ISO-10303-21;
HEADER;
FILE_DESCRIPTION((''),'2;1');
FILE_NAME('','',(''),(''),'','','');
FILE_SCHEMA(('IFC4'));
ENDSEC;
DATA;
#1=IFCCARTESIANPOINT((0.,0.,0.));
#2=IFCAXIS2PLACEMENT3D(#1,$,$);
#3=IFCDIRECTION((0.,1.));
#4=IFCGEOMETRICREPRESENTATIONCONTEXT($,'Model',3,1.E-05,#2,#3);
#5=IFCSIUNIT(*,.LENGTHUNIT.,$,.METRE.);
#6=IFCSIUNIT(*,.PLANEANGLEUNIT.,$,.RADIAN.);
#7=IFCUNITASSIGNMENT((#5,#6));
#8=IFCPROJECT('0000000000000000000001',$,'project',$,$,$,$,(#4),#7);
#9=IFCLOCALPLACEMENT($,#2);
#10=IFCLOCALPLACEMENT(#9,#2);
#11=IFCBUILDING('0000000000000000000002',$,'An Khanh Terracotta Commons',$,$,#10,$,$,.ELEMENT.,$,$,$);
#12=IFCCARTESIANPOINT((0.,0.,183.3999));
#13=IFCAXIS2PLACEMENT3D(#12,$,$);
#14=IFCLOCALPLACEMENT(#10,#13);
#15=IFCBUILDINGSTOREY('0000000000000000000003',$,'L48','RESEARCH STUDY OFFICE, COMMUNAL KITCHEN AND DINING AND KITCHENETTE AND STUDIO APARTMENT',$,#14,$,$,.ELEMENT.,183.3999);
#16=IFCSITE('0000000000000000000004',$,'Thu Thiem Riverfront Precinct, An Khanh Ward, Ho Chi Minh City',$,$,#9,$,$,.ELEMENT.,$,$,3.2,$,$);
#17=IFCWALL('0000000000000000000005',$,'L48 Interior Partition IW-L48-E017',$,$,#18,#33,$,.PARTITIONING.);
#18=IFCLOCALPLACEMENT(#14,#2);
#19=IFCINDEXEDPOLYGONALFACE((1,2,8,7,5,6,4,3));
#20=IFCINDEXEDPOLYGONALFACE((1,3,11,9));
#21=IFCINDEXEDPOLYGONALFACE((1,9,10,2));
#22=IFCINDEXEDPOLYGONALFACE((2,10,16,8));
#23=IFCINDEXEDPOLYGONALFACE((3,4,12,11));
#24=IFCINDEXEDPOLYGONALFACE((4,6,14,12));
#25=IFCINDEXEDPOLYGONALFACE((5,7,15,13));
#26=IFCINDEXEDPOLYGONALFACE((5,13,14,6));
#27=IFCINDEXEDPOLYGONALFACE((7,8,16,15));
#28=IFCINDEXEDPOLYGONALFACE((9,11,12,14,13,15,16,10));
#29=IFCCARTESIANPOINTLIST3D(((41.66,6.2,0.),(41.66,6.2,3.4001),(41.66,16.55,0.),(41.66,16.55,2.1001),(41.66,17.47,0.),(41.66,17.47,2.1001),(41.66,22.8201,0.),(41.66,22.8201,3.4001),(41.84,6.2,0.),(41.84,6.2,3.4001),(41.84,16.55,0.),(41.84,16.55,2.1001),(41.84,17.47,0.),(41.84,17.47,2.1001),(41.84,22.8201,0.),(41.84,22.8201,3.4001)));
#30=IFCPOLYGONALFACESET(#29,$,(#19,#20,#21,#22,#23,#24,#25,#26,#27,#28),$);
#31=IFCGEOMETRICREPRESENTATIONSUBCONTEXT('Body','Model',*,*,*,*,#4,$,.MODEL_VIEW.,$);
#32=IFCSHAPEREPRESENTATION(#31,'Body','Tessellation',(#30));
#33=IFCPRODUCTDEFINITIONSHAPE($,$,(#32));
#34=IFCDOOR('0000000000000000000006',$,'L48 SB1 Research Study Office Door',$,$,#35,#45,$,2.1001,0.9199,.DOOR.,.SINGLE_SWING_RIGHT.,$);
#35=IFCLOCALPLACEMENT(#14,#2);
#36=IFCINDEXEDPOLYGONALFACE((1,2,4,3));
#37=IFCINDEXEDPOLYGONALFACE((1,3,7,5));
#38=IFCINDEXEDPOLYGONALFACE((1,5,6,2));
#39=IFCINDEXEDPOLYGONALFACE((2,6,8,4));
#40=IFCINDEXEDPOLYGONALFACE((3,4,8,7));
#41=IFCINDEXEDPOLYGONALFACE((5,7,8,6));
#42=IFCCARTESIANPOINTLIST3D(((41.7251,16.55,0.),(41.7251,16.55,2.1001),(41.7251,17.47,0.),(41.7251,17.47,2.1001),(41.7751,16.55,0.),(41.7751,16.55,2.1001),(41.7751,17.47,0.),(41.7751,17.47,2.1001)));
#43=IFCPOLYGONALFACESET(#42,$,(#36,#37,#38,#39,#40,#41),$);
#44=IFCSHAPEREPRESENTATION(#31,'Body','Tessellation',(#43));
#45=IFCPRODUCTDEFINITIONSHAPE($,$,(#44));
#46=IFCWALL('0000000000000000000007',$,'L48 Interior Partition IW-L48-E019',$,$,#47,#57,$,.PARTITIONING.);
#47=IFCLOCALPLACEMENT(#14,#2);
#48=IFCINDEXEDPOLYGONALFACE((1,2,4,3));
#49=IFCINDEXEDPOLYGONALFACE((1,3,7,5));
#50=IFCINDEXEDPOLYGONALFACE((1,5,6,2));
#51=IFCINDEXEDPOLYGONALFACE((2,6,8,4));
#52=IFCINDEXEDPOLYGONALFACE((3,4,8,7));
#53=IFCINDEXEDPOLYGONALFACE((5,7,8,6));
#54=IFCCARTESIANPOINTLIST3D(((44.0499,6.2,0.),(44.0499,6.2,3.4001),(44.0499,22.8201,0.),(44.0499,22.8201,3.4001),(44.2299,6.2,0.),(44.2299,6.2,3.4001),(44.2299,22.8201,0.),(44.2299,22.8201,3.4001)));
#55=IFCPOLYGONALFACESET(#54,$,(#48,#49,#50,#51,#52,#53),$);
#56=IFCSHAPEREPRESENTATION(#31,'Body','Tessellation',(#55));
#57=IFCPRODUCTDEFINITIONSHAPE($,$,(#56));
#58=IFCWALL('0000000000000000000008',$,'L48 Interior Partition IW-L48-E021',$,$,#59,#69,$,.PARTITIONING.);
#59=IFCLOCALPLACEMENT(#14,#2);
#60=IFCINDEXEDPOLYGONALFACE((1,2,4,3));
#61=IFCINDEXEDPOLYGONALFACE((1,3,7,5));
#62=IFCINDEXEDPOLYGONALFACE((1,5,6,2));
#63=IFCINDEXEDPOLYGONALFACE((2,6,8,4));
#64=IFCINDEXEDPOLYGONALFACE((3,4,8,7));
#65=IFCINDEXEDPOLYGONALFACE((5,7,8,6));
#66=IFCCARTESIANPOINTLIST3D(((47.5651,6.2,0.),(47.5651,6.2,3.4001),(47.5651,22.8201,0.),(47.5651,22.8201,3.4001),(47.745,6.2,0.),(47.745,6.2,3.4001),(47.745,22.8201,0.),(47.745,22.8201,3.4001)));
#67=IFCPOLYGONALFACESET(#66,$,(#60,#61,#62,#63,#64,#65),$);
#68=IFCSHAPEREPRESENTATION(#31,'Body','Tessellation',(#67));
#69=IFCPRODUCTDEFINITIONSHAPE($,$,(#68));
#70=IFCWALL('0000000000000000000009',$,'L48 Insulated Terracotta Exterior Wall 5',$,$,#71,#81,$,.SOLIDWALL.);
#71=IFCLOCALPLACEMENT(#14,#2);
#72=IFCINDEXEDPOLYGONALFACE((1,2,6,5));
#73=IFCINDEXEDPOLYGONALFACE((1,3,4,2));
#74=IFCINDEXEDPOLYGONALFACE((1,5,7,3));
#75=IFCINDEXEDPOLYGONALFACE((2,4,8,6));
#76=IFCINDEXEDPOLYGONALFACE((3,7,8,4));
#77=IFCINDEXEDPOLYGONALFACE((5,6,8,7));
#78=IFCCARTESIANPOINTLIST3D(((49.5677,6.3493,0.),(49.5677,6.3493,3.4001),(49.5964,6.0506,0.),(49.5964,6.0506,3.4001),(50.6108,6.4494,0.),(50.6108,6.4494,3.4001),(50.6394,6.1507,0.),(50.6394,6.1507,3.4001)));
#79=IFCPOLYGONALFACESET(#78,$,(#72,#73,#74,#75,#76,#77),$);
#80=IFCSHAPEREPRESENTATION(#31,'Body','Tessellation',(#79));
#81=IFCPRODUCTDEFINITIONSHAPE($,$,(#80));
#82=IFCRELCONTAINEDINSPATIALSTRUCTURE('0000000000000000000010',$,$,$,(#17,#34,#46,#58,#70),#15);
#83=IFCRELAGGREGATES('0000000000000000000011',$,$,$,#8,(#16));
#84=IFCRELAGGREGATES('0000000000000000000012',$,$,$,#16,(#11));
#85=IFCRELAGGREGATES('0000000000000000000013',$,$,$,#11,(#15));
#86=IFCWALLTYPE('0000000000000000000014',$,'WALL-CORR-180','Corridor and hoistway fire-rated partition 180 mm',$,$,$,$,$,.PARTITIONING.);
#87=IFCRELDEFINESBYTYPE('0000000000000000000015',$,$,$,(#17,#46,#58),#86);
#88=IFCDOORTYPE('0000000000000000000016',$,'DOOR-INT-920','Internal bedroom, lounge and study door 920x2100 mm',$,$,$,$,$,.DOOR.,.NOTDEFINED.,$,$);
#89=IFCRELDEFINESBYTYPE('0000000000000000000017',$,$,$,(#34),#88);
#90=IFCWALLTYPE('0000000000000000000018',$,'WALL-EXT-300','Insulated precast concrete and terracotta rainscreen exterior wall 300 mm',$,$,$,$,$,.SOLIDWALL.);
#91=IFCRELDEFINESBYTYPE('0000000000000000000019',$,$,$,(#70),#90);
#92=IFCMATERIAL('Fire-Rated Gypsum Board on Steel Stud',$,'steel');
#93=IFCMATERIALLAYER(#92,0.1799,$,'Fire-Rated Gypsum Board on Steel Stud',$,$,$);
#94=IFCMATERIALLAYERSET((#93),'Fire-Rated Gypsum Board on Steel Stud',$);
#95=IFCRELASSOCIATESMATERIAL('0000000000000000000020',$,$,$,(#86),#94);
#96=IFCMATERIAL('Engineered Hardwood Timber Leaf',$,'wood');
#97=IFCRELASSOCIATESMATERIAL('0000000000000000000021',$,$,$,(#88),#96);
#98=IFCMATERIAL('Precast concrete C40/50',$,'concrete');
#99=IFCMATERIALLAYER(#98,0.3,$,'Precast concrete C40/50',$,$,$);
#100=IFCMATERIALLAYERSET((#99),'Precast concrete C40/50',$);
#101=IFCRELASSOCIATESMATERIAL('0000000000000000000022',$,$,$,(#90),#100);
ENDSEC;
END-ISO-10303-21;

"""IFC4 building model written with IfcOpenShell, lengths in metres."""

from ifc_helpers import new_model, si_unit, direction, frame, frame_2d, origin, place, context, subcontext, project, spatial, rectangle, extrude, material, layer, layer_set, type_object, element, fill, save


model = new_model("IFC4")

# Units and contexts
model_context = context("Model", 3, precision=1e-05, world=origin(), true_north=direction((0.0, 1.0)))
body_context = subcontext(model_context, "Body", "Model", "MODEL_VIEW")
ifc_project = project(units=[si_unit("LENGTHUNIT", "METRE"), si_unit("PLANEANGLEUNIT", "RADIAN")], contexts=[model_context])

# Site, building, storey
site_placement = place(None, origin())
site = spatial("IfcSite", under=ifc_project, at=site_placement, Name="Thu Thiem Riverfront Precinct, An Khanh Ward, Ho Chi Minh City", CompositionType="ELEMENT", RefElevation=3.2)
building_placement = place(site_placement, origin())
building = spatial("IfcBuilding", under=site, at=building_placement, Name="An Khanh Terracotta Commons", CompositionType="ELEMENT")
storey_placement = place(building_placement, frame((0.0, 0.0, 183.3999)))
storey = spatial("IfcBuildingStorey", under=building, at=storey_placement, Name="L48", Description="RESEARCH STUDY OFFICE, COMMUNAL KITCHEN AND DINING AND KITCHENETTE AND STUDIO APARTMENT", CompositionType="ELEMENT", Elevation=183.3999)

# Shared definitions
ifc_material_1 = material(Name="Fire-Rated Gypsum Board on Steel Stud", Category="steel")
ifc_layer_1 = layer(ifc_material_1, 0.1799, Name="Fire-Rated Gypsum Board on Steel Stud")
ifc_layer_set_1 = layer_set([ifc_layer_1], Name="Fire-Rated Gypsum Board on Steel Stud")
wall_type_1 = type_object("IfcWallType", Name="WALL-CORR-180", Description="Corridor and hoistway fire-rated partition 180 mm", PredefinedType="PARTITIONING", material=ifc_layer_set_1)
ifc_material_2 = material(Name="Engineered Hardwood Timber Leaf", Category="wood")
door_type_1 = type_object("IfcDoorType", Name="DOOR-INT-920", Description="Internal bedroom, lounge and study door 920x2100 mm", OperationType="NOTDEFINED", PredefinedType="DOOR", material=ifc_material_2)

# Wall, opening, door
wall_1_placement = place(storey_placement, frame((41.75, 6.2, 0.0), z_axis=(0.0, 0.0, 1.0), x_axis=(0.0, 1.0, 0.0)))
wall_1 = element("IfcWall", 1, at=wall_1_placement, inside=storey, type_object=wall_type_1, Name="L48 Interior Partition IW-L48-E017", PredefinedType="PARTITIONING", context=body_context, shape_type="SweptSolid", body=[
    extrude(rectangle(XDim=16.6201, YDim=0.1799, at=frame_2d((8.3101, 0.0))), origin(), (0.0, 0.0, 1.0), 3.4001),
])
opening_1_placement = place(wall_1_placement, frame((10.3501, 0.0, 0.0)))
opening_1 = element("IfcOpeningElement", 2, at=opening_1_placement, cuts=wall_1, PredefinedType="OPENING", context=body_context, shape_type="SweptSolid", body=[
    extrude(rectangle(XDim=0.9199, YDim=2.1001, at=frame_2d((0.46, 1.05))), frame((0.0, 0.0999, 0.0), z_axis=(0.0, -1.0, 0.0), x_axis=(1.0, 0.0, 0.0)), (0.0, 0.0, 1.0), 0.2),
])
door_1_placement = place(opening_1_placement, origin())
door_1 = element("IfcDoor", 3, at=door_1_placement, inside=storey, type_object=door_type_1, Name="L48 SB1 Research Study Office Door", OperationType="SINGLE_SWING_RIGHT", OverallHeight=2.1001, OverallWidth=0.9199, PredefinedType="DOOR", context=body_context, shape_type="SweptSolid", body=[
    extrude(rectangle(XDim=0.9199, YDim=2.1001, at=frame_2d((0.46, 1.05))), frame((0.0, 0.0249, 0.0), z_axis=(0.0, -1.0, 0.0), x_axis=(1.0, 0.0, 0.0)), (0.0, 0.0, 1.0), 0.05),
])
fill(opening_1, door_1)

# Walls
for number, where, z_axis, x_axis, name in (
    (4, (44.1399, 6.2, 0.0), (0.0, 0.0, 1.0), (0.0, 1.0, 0.0), "L48 Interior Partition IW-L48-E019"),
    (5, (47.655, 6.2, 0.0), (0.0, 0.0, 1.0), (0.0, 1.0, 0.0), "L48 Interior Partition IW-L48-E021"),
):
    element("IfcWall", number, at=place(storey_placement, frame(where, z_axis=z_axis, x_axis=x_axis)), inside=storey, type_object=wall_type_1, Name=name, PredefinedType="PARTITIONING", context=body_context, shape_type="SweptSolid", body=[
        extrude(rectangle(XDim=16.6201, YDim=0.1799, at=frame_2d((8.3101, 0.0))), origin(), (0.0, 0.0, 1.0), 3.4001),
    ])
ifc_material_3 = material(Name="Precast concrete C40/50", Category="concrete")
ifc_layer_2 = layer(ifc_material_3, 0.3, Name="Precast concrete C40/50")
ifc_layer_set_2 = layer_set([ifc_layer_2], Name="Precast concrete C40/50")
wall_type_2 = type_object("IfcWallType", Name="WALL-EXT-300", Description="Insulated precast concrete and terracotta rainscreen exterior wall 300 mm", PredefinedType="SOLIDWALL", material=ifc_layer_set_2)
wall_2_placement = place(storey_placement, frame((49.582, 6.2, 0.0), z_axis=(0.0, 0.0, 1.0), x_axis=(0.995426, 0.095535, 0.0)))
element("IfcWall", 6, at=wall_2_placement, inside=storey, type_object=wall_type_2, Name="L48 Insulated Terracotta Exterior Wall 5", PredefinedType="SOLIDWALL", context=body_context, shape_type="SweptSolid", body=[
    extrude(rectangle(XDim=1.0479, YDim=0.3, at=frame_2d((0.5239, 0.0))), origin(), (0.0, 0.0, 1.0), 3.4001),
])

save(model, "model.ifc")
